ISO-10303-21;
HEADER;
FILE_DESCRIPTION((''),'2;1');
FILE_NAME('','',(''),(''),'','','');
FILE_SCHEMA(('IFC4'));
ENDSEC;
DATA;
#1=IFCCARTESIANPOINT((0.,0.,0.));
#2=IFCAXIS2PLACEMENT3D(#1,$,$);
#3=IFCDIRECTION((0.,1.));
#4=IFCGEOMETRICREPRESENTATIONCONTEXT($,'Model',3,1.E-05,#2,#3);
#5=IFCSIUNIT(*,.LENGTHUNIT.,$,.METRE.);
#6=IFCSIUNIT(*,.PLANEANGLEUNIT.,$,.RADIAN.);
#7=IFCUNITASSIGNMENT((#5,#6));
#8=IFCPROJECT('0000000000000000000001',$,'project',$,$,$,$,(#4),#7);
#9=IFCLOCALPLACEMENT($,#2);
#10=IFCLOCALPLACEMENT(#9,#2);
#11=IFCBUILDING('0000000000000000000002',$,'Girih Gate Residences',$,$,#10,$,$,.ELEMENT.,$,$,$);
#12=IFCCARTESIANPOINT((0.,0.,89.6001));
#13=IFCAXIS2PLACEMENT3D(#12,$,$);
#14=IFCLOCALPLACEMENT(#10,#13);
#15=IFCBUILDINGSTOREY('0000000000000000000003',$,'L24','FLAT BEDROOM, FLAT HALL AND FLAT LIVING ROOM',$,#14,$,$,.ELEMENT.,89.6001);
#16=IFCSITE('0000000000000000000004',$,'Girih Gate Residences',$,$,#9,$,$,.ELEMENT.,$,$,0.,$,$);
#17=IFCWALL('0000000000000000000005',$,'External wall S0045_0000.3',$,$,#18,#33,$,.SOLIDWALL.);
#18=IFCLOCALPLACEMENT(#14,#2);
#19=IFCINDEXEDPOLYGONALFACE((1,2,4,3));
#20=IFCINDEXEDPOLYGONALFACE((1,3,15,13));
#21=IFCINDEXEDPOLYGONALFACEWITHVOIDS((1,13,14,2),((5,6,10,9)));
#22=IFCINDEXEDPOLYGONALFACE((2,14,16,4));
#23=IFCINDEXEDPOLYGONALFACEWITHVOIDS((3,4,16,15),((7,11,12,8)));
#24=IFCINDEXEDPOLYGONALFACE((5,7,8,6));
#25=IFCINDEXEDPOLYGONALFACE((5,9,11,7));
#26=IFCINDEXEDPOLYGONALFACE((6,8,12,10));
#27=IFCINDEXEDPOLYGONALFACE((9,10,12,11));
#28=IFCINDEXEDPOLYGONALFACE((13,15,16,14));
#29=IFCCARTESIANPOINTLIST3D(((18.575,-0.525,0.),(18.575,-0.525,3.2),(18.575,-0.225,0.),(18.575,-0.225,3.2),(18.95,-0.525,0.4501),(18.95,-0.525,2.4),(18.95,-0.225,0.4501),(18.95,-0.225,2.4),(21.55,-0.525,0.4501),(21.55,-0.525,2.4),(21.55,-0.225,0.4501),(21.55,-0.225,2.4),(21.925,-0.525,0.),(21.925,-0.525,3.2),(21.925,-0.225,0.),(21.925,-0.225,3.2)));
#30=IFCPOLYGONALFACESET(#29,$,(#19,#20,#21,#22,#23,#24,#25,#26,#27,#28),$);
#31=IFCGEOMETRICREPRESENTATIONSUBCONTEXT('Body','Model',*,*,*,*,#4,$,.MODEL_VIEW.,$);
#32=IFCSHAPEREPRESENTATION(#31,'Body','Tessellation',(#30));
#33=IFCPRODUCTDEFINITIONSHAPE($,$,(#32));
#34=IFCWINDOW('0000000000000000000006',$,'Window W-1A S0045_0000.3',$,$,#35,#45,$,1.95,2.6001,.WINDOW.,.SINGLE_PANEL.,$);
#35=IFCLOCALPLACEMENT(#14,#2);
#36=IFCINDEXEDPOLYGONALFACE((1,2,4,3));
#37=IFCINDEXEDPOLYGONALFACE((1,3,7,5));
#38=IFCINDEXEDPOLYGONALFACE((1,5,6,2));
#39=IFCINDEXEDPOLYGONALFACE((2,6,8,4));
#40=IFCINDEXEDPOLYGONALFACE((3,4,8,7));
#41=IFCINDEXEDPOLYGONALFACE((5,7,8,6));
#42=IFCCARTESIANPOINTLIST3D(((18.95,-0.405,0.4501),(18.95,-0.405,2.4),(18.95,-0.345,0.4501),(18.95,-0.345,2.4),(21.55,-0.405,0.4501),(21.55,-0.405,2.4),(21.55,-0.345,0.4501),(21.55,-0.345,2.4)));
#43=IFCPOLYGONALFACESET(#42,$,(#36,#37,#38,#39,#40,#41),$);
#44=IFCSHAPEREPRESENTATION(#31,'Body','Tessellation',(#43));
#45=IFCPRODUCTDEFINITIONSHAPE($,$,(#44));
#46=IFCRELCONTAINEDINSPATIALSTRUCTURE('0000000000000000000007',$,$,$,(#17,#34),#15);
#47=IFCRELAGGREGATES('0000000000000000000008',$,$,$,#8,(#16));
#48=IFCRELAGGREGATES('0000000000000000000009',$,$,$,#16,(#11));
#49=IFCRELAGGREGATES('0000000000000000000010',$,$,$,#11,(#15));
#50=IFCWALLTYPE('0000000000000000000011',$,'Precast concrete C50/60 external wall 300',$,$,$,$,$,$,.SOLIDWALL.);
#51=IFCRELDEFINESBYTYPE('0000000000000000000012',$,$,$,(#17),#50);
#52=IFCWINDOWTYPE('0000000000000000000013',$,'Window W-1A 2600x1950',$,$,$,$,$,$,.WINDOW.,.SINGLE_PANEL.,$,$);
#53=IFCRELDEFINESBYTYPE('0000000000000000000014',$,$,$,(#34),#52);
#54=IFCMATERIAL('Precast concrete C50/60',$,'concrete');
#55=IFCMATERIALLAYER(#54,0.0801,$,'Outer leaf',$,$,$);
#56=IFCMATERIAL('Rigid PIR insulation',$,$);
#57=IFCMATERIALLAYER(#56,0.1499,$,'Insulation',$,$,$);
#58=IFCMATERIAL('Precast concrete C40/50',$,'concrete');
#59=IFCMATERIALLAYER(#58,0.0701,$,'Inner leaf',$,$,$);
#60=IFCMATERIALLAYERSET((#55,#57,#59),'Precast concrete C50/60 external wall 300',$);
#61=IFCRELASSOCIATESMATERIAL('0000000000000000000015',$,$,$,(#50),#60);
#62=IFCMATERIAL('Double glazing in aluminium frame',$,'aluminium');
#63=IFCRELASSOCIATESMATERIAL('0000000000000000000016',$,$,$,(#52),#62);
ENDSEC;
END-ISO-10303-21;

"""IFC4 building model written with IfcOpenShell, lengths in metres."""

from ifc_helpers import new_model, si_unit, direction, frame, frame_2d, origin, place, context, subcontext, project, spatial, rectangle, extrude, material, layer, layer_set, type_object, element, fill, save


model = new_model("IFC4")

# Units and contexts
model_context = context("Model", 3, precision=1e-05, world=origin(), true_north=direction((0.0, 1.0)))
body_context = subcontext(model_context, "Body", "Model", "MODEL_VIEW")
ifc_project = project(units=[si_unit("LENGTHUNIT", "METRE"), si_unit("PLANEANGLEUNIT", "RADIAN")], contexts=[model_context])

# Site, building, storey
site_placement = place(None, origin())
site = spatial("IfcSite", under=ifc_project, at=site_placement, Name="Girih Gate Residences", CompositionType="ELEMENT", RefElevation=0.0)
building_placement = place(site_placement, origin())
building = spatial("IfcBuilding", under=site, at=building_placement, Name="Girih Gate Residences", CompositionType="ELEMENT")
storey_placement = place(building_placement, frame((0.0, 0.0, 89.6001)))
storey = spatial("IfcBuildingStorey", under=building, at=storey_placement, Name="L24", Description="FLAT BEDROOM, FLAT HALL AND FLAT LIVING ROOM", CompositionType="ELEMENT", Elevation=89.6001)

# Wall, opening, window
ifc_material_1 = material(Name="Precast concrete C50/60", Category="concrete")
ifc_layer_1 = layer(ifc_material_1, 0.0801, Name="Outer leaf")
ifc_material_2 = material(Name="Rigid PIR insulation")
ifc_layer_2 = layer(ifc_material_2, 0.1499, Name="Insulation")
ifc_material_3 = material(Name="Precast concrete C40/50", Category="concrete")
ifc_layer_3 = layer(ifc_material_3, 0.0701, Name="Inner leaf")
ifc_layer_set_1 = layer_set([ifc_layer_1, ifc_layer_2, ifc_layer_3], Name="Precast concrete C50/60 external wall 300")
wall_type_1 = type_object("IfcWallType", Name="Precast concrete C50/60 external wall 300", PredefinedType="SOLIDWALL", material=ifc_layer_set_1)
ifc_material_4 = material(Name="Double glazing in aluminium frame", Category="aluminium")
window_type = type_object("IfcWindowType", Name="Window W-1A 2600x1950", PartitioningType="SINGLE_PANEL", PredefinedType="WINDOW", material=ifc_material_4)
wall_1_placement = place(storey_placement, frame((21.925, -0.375, 0.0), z_axis=(0.0, 0.0, 1.0), x_axis=(-1.0, 0.0, 0.0)))
wall_1 = element("IfcWall", 1, at=wall_1_placement, inside=storey, type_object=wall_type_1, Name="External wall S0045_0000.3", PredefinedType="SOLIDWALL", context=body_context, shape_type="SweptSolid", body=[
    extrude(rectangle(XDim=3.3501, YDim=0.3, at=frame_2d((1.675, 0.0))), origin(), (0.0, 0.0, 1.0), 3.2),
])
opening_1_placement = place(wall_1_placement, frame((0.375, 0.0, 0.45)))
opening_1 = element("IfcOpeningElement", 2, at=opening_1_placement, cuts=wall_1, PredefinedType="OPENING", context=body_context, shape_type="SweptSolid", body=[
    extrude(rectangle(XDim=2.6001, YDim=1.95, at=frame_2d((1.3, 0.9751))), frame((0.0, 0.1599, 0.0), z_axis=(0.0, -1.0, 0.0), x_axis=(1.0, 0.0, 0.0)), (0.0, 0.0, 1.0), 0.3201),
])
window_1_placement = place(opening_1_placement, origin())
window_1 = element("IfcWindow", 3, at=window_1_placement, inside=storey, type_object=window_type, Name="Window W-1A S0045_0000.3", OverallHeight=1.95, OverallWidth=2.6001, PartitioningType="SINGLE_PANEL", PredefinedType="WINDOW", context=body_context, shape_type="SweptSolid", body=[
    extrude(rectangle(XDim=2.6001, YDim=1.95, at=frame_2d((1.3, 0.9751))), frame((0.0, 0.03, 0.0), z_axis=(0.0, -1.0, 0.0), x_axis=(1.0, 0.0, 0.0)), (0.0, 0.0, 1.0), 0.0601),
])
fill(opening_1, window_1)

save(model, "model.ifc")
